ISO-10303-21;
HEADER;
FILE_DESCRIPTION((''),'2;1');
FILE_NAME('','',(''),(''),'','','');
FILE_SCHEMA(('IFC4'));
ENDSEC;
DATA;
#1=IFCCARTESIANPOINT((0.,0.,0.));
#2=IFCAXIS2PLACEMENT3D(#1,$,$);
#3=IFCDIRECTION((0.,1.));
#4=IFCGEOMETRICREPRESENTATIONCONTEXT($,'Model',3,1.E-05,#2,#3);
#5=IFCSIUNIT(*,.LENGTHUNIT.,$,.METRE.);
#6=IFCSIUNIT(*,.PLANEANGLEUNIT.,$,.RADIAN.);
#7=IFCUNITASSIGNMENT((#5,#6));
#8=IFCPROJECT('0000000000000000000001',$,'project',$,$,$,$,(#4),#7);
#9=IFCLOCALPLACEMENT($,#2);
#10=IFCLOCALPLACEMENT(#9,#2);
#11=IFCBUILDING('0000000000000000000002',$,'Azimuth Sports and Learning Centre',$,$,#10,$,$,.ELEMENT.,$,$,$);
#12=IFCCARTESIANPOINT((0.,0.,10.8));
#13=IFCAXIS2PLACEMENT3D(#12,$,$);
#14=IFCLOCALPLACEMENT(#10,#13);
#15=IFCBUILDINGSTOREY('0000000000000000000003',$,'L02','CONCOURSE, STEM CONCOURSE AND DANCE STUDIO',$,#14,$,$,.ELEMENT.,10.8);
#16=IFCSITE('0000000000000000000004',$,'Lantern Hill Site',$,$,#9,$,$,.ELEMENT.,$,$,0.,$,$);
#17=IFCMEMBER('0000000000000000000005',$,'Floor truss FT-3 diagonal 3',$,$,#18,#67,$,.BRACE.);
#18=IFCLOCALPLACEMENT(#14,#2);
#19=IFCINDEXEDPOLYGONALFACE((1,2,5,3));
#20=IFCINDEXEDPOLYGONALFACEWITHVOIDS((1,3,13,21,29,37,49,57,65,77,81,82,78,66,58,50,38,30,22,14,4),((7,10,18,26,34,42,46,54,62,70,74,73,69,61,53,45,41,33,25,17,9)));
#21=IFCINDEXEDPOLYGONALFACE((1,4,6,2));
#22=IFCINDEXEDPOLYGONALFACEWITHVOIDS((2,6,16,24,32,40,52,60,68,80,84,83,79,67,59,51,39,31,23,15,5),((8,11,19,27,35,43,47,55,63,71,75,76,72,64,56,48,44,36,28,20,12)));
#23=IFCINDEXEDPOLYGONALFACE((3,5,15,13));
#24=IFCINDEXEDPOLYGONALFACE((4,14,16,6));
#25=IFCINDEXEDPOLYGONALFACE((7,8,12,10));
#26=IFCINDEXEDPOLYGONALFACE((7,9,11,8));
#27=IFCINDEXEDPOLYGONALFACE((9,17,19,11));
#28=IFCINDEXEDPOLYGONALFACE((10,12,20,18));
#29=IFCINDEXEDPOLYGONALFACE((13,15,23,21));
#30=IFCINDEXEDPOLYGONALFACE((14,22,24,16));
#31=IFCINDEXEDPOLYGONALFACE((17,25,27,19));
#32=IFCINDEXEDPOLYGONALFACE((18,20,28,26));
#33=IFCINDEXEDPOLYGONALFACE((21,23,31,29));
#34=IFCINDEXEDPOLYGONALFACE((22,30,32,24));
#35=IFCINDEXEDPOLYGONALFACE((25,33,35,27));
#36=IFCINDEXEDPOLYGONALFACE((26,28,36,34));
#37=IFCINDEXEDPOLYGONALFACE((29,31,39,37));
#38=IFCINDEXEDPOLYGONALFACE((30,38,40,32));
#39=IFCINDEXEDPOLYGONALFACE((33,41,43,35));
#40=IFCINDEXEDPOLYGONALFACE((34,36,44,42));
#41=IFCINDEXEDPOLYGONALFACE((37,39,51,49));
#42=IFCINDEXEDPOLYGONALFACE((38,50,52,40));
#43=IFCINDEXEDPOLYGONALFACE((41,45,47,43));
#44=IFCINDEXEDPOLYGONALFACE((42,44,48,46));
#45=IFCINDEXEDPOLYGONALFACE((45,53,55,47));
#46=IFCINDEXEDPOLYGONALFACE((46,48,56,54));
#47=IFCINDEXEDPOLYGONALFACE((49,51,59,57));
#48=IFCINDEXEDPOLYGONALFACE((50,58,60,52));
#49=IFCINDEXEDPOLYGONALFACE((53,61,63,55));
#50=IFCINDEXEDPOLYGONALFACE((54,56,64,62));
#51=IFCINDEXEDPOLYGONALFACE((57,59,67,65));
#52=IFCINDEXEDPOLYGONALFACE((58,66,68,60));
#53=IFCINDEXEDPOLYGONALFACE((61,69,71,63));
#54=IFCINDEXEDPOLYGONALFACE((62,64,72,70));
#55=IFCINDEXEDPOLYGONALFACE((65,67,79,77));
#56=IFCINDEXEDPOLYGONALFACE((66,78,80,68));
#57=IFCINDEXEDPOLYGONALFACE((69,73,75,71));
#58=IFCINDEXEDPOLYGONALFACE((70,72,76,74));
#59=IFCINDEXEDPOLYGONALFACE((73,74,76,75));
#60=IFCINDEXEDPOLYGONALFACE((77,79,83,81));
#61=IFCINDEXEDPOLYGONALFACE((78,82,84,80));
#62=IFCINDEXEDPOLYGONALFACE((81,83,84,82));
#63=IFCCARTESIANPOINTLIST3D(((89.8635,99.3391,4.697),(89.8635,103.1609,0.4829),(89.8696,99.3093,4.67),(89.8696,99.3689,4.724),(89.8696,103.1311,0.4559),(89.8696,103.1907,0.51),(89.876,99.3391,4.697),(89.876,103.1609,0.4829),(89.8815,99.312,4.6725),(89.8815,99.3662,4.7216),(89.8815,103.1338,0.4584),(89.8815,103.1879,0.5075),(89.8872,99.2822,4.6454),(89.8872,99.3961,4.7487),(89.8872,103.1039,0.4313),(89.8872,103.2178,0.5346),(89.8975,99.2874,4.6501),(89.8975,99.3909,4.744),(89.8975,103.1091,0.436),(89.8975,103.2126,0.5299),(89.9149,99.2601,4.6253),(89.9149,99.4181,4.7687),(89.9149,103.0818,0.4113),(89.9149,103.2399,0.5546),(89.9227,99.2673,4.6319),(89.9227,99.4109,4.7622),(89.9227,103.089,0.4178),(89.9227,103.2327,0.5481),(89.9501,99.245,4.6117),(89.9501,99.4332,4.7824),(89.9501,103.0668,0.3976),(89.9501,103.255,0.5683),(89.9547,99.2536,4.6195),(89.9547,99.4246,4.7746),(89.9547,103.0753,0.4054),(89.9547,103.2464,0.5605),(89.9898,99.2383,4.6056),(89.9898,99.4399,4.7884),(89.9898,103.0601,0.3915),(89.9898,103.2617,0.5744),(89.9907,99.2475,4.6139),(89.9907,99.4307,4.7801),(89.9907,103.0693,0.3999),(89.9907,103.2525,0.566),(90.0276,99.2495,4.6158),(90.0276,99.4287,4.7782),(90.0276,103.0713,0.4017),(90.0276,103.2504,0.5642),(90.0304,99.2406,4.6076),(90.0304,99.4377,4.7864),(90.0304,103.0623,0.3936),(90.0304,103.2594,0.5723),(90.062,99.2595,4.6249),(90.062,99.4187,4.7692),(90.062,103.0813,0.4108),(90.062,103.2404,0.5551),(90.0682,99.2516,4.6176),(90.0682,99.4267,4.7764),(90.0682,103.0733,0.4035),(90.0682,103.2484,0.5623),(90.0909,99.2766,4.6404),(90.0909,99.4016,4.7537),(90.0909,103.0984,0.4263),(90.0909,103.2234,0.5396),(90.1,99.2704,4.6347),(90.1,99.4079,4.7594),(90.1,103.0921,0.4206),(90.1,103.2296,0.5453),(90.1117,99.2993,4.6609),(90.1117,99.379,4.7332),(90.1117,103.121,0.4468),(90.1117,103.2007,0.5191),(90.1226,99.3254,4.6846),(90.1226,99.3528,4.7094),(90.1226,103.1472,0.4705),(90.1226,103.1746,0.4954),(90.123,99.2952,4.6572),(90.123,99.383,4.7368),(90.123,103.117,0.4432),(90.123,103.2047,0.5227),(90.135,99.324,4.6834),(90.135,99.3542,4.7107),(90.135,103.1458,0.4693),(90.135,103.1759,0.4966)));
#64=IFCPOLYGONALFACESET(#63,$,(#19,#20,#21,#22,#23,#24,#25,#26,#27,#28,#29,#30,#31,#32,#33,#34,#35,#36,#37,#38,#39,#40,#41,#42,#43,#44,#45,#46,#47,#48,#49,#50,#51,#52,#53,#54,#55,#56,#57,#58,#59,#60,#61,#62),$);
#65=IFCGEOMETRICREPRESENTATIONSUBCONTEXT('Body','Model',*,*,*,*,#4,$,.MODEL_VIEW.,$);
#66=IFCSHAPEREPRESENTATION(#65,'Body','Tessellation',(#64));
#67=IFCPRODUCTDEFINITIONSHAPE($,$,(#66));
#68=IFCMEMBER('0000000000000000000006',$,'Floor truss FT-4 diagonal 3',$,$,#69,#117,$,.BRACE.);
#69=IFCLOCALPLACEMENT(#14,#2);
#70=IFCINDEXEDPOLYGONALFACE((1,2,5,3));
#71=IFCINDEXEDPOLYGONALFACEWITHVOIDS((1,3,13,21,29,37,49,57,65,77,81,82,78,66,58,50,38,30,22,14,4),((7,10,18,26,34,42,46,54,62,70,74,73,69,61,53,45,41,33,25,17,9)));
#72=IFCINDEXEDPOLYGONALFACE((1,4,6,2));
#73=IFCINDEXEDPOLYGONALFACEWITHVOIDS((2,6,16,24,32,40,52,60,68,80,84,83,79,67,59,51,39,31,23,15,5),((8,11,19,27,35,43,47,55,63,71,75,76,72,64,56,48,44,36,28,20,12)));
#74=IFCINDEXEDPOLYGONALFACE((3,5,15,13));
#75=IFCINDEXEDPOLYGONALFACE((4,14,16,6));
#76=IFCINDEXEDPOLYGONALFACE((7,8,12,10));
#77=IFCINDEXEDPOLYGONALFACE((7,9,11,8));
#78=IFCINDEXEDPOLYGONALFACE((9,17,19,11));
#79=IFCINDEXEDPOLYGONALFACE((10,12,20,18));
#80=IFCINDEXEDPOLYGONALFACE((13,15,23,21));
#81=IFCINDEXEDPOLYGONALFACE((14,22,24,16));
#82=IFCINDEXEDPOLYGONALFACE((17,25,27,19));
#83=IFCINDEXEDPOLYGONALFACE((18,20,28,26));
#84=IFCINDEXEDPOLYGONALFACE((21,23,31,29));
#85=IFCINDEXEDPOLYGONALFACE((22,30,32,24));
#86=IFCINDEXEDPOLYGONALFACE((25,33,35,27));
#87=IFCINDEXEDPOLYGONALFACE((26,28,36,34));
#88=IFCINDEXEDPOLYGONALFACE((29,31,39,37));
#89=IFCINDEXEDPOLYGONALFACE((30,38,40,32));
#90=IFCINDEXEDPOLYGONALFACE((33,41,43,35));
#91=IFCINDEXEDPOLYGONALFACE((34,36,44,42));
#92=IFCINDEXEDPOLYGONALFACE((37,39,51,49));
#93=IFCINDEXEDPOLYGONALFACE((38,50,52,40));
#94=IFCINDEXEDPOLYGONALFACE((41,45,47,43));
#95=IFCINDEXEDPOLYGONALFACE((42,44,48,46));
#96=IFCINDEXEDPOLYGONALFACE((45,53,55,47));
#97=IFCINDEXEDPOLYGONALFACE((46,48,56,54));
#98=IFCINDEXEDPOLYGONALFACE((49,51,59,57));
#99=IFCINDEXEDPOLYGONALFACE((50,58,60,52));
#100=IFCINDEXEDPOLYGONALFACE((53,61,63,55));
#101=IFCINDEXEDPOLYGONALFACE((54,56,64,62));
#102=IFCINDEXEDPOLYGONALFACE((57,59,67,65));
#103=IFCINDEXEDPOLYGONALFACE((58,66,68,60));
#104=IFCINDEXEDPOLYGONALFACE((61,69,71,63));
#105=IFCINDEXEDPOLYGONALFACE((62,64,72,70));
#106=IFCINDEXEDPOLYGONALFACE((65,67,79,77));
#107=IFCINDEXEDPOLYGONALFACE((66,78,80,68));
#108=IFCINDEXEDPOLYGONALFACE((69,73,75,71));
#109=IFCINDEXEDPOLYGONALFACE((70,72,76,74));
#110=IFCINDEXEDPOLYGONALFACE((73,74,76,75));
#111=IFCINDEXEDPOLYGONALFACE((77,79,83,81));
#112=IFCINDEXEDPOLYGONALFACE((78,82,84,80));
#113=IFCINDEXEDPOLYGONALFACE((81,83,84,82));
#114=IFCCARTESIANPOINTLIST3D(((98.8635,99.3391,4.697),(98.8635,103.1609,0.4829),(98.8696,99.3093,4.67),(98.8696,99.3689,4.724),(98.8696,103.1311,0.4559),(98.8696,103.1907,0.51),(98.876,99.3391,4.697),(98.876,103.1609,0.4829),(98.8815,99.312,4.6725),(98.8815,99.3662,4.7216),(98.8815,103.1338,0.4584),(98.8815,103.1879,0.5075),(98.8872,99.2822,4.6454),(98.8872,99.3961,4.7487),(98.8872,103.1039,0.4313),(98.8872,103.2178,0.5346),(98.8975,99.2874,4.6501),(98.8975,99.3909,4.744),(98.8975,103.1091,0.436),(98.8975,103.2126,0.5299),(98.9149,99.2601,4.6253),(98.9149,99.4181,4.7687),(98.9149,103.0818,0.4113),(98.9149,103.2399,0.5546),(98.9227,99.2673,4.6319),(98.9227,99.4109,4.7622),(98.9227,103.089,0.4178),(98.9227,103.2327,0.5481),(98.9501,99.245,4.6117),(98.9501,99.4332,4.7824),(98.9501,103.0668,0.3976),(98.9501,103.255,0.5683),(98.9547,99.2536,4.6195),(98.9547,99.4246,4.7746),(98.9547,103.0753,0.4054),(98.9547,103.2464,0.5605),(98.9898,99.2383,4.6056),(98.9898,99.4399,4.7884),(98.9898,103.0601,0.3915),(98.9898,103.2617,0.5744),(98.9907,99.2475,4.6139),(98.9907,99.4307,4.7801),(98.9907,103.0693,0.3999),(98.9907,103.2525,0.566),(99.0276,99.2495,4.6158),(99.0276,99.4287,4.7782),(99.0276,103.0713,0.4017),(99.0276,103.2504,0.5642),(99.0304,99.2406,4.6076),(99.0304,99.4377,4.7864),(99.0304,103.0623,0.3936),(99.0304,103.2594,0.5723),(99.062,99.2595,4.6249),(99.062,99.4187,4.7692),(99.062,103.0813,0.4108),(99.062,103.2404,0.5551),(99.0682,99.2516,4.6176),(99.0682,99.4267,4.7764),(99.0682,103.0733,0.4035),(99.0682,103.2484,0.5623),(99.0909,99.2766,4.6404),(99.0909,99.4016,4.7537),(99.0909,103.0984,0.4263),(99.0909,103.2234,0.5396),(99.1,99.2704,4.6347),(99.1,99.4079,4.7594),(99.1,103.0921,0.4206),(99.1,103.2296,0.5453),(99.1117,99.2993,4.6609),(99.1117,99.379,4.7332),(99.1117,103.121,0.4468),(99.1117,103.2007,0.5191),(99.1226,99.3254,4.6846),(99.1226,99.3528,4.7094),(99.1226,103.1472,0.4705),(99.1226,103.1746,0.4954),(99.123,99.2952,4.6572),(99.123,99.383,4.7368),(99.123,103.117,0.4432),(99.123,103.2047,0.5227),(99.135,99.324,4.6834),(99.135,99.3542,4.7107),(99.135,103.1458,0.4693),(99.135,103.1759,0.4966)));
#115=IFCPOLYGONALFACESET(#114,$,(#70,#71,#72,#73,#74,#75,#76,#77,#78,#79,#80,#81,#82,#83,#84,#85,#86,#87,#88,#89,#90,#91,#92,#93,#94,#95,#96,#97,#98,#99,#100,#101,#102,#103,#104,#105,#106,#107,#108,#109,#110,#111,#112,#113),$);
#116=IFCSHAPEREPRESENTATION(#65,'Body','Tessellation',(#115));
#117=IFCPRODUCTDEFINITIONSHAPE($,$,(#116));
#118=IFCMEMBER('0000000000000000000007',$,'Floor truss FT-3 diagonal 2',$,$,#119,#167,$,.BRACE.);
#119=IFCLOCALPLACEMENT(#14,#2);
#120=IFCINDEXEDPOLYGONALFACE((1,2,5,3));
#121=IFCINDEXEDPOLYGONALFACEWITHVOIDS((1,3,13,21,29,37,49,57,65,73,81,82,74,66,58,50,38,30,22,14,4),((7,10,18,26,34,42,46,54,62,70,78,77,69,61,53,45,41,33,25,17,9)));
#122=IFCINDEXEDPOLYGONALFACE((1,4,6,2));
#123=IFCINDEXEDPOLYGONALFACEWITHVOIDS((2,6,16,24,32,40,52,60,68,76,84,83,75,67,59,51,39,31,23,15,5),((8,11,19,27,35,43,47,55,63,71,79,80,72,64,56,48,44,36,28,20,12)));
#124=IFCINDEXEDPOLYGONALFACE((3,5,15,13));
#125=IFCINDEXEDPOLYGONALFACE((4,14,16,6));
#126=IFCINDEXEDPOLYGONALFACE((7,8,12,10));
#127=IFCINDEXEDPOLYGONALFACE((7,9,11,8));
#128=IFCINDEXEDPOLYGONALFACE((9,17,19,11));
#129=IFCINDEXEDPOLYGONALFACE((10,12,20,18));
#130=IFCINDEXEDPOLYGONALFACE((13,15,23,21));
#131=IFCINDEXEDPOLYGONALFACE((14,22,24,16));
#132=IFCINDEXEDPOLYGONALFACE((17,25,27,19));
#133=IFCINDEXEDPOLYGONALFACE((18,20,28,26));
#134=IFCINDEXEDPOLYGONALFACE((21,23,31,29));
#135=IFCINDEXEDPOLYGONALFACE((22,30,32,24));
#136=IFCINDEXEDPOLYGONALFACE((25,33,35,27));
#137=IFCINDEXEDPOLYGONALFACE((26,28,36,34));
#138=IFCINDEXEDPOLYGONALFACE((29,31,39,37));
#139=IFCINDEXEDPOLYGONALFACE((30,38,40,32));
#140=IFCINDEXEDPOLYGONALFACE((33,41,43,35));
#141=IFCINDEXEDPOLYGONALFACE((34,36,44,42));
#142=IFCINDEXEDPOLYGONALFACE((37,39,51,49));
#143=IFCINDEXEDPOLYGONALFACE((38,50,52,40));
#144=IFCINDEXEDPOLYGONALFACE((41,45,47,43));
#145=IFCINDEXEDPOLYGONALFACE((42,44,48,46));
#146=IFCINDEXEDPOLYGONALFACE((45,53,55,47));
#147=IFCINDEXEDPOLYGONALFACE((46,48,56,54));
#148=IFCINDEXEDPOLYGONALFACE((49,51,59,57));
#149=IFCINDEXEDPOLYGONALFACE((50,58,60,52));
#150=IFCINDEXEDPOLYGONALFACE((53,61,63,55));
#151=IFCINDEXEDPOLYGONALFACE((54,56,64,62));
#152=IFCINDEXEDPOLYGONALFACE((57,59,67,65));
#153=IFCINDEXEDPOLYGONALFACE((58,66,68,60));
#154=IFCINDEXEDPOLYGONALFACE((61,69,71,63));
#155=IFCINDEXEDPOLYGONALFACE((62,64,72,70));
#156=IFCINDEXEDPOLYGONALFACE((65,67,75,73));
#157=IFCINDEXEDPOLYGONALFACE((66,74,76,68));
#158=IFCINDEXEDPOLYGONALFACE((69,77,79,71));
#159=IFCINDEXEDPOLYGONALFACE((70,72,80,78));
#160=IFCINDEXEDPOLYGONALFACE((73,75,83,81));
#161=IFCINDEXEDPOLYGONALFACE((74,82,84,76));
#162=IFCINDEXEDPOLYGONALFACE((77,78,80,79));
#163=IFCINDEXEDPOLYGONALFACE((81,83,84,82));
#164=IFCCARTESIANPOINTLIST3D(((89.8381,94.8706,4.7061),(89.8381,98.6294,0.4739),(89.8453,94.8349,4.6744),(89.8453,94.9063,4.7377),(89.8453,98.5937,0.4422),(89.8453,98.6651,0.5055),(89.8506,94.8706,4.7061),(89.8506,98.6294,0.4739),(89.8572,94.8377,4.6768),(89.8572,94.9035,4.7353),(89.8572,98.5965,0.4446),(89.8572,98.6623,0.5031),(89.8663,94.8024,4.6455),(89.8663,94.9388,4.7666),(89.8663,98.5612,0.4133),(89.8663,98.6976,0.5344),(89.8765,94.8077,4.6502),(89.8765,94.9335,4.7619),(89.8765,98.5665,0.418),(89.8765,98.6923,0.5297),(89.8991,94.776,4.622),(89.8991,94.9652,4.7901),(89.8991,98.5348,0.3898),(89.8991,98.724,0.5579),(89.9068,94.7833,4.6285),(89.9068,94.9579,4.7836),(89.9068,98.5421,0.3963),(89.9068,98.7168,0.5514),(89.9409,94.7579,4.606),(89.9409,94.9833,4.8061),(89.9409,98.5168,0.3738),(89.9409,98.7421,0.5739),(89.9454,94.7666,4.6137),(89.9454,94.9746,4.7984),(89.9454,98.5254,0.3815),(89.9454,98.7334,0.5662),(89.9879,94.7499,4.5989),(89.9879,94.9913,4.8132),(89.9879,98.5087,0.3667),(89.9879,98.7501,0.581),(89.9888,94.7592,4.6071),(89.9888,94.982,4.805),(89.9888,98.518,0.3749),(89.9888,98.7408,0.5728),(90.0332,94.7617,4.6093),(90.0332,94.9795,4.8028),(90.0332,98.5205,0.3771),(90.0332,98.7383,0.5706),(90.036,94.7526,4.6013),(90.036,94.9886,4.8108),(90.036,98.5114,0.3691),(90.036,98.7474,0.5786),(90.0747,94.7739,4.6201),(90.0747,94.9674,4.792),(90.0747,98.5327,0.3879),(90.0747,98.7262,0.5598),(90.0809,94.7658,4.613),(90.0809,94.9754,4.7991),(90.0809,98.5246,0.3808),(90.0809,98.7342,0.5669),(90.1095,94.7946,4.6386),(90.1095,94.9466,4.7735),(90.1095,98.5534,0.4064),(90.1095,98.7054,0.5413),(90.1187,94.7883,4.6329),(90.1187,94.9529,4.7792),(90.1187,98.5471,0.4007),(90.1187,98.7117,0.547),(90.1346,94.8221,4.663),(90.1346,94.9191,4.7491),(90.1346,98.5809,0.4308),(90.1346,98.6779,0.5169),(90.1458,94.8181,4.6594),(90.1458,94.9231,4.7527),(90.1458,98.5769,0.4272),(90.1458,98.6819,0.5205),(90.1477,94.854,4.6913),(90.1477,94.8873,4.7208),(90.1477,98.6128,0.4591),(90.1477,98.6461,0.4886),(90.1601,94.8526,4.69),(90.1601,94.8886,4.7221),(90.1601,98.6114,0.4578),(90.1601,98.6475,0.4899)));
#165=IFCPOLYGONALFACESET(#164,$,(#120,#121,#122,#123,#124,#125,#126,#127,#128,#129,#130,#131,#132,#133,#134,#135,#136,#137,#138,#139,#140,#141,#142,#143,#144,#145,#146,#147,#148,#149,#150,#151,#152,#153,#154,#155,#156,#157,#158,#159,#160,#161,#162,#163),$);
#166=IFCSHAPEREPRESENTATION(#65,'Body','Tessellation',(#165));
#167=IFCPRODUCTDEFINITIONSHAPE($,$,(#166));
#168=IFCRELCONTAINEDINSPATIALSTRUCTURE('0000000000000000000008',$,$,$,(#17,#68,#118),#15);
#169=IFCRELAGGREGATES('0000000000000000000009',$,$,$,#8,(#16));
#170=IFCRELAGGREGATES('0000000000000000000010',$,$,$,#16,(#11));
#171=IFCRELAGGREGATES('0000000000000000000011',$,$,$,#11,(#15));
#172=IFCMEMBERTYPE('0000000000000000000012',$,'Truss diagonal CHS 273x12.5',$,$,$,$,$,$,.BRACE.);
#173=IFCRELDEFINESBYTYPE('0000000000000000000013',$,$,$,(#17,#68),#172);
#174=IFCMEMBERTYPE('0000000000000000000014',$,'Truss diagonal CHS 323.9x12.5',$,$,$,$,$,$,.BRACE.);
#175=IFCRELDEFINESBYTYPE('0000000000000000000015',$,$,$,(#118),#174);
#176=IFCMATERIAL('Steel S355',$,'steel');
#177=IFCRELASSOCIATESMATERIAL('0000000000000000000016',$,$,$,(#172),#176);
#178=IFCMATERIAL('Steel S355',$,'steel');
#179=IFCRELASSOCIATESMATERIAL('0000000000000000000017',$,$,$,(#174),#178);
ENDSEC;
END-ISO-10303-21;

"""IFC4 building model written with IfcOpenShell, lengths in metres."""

from ifc_helpers import new_model, si_unit, direction, frame, origin, origin_2d, place, context, subcontext, project, spatial, hollow_circle, extrude, material, material_profile, profile_set, type_object, element, save


model = new_model("IFC4")

# Units and contexts
model_context = context("Model", 3, precision=1e-05, world=origin(), true_north=direction((0.0, 1.0)))
body_context = subcontext(model_context, "Body", "Model", "MODEL_VIEW")
ifc_project = project(units=[si_unit("LENGTHUNIT", "METRE"), si_unit("PLANEANGLEUNIT", "RADIAN")], contexts=[model_context])

# Site, building, storey
site_placement = place(None, origin())
site = spatial("IfcSite", under=ifc_project, at=site_placement, Name="Lantern Hill Site", CompositionType="ELEMENT", RefElevation=0.0)
building_placement = place(site_placement, origin())
building = spatial("IfcBuilding", under=site, at=building_placement, Name="Azimuth Sports and Learning Centre", CompositionType="ELEMENT")
storey_placement = place(building_placement, frame((0.0, 0.0, 10.8)))
storey = spatial("IfcBuildingStorey", under=building, at=storey_placement, Name="L02", Description="CONCOURSE, STEM CONCOURSE AND DANCE STUDIO", CompositionType="ELEMENT", Elevation=10.8)

# Members
ifc_material_1 = material(Name="Steel S355", Category="steel")
ifc_material_profile_1 = material_profile(ifc_material_1, hollow_circle(Radius=0.1365, WallThickness=0.0125, at=origin_2d()), Name="CHS 273x12.5")
ifc_profile_set_1 = profile_set([ifc_material_profile_1], Name="Steel S355")
member_type_1 = type_object("IfcMemberType", Name="Truss diagonal CHS 273x12.5", PredefinedType="BRACE", material=ifc_profile_set_1)
for number, where, z_axis, x_axis, name in (
    (1, (90.0, 99.3391, 4.697), (0.0, 0.671784, -0.740747), (-1.0, 0.0, 0.0), "Floor truss FT-3 diagonal 3"),
    (2, (99.0, 99.3391, 4.697), (0.0, 0.671784, -0.740747), (-1.0, 0.0, 0.0), "Floor truss FT-4 diagonal 3"),
):
    element("IfcMember", number, at=place(storey_placement, frame(where, z_axis=z_axis, x_axis=x_axis)), inside=storey, type_object=member_type_1, Name=name, PredefinedType="BRACE", context=body_context, shape_type="SweptSolid", body=[
        extrude(hollow_circle(Radius=0.1365, WallThickness=0.0125, at=origin_2d()), origin(), (0.0, 0.0, 1.0), 5.689),
    ])
ifc_material_2 = material(Name="Steel S355", Category="steel")
ifc_material_profile_2 = material_profile(ifc_material_2, hollow_circle(Radius=0.1619, WallThickness=0.0125, at=origin_2d()), Name="CHS 323.9x12.5")
ifc_profile_set_2 = profile_set([ifc_material_profile_2], Name="Steel S355")
member_type_2 = type_object("IfcMemberType", Name="Truss diagonal CHS 323.9x12.5", PredefinedType="BRACE", material=ifc_profile_set_2)
for number, where, z_axis, x_axis, name in (
    (3, (90.0, 94.8706, 4.7061), (0.0, 0.664053, -0.747685), (-1.0, 0.0, 0.0), "Floor truss FT-3 diagonal 2"),
):
    element("IfcMember", number, at=place(storey_placement, frame(where, z_axis=z_axis, x_axis=x_axis)), inside=storey, type_object=member_type_2, Name=name, PredefinedType="BRACE", context=body_context, shape_type="SweptSolid", body=[
        extrude(hollow_circle(Radius=0.1619, WallThickness=0.0125, at=origin_2d()), origin(), (0.0, 0.0, 1.0), 5.6604),
    ])

save(model, "model.ifc")
